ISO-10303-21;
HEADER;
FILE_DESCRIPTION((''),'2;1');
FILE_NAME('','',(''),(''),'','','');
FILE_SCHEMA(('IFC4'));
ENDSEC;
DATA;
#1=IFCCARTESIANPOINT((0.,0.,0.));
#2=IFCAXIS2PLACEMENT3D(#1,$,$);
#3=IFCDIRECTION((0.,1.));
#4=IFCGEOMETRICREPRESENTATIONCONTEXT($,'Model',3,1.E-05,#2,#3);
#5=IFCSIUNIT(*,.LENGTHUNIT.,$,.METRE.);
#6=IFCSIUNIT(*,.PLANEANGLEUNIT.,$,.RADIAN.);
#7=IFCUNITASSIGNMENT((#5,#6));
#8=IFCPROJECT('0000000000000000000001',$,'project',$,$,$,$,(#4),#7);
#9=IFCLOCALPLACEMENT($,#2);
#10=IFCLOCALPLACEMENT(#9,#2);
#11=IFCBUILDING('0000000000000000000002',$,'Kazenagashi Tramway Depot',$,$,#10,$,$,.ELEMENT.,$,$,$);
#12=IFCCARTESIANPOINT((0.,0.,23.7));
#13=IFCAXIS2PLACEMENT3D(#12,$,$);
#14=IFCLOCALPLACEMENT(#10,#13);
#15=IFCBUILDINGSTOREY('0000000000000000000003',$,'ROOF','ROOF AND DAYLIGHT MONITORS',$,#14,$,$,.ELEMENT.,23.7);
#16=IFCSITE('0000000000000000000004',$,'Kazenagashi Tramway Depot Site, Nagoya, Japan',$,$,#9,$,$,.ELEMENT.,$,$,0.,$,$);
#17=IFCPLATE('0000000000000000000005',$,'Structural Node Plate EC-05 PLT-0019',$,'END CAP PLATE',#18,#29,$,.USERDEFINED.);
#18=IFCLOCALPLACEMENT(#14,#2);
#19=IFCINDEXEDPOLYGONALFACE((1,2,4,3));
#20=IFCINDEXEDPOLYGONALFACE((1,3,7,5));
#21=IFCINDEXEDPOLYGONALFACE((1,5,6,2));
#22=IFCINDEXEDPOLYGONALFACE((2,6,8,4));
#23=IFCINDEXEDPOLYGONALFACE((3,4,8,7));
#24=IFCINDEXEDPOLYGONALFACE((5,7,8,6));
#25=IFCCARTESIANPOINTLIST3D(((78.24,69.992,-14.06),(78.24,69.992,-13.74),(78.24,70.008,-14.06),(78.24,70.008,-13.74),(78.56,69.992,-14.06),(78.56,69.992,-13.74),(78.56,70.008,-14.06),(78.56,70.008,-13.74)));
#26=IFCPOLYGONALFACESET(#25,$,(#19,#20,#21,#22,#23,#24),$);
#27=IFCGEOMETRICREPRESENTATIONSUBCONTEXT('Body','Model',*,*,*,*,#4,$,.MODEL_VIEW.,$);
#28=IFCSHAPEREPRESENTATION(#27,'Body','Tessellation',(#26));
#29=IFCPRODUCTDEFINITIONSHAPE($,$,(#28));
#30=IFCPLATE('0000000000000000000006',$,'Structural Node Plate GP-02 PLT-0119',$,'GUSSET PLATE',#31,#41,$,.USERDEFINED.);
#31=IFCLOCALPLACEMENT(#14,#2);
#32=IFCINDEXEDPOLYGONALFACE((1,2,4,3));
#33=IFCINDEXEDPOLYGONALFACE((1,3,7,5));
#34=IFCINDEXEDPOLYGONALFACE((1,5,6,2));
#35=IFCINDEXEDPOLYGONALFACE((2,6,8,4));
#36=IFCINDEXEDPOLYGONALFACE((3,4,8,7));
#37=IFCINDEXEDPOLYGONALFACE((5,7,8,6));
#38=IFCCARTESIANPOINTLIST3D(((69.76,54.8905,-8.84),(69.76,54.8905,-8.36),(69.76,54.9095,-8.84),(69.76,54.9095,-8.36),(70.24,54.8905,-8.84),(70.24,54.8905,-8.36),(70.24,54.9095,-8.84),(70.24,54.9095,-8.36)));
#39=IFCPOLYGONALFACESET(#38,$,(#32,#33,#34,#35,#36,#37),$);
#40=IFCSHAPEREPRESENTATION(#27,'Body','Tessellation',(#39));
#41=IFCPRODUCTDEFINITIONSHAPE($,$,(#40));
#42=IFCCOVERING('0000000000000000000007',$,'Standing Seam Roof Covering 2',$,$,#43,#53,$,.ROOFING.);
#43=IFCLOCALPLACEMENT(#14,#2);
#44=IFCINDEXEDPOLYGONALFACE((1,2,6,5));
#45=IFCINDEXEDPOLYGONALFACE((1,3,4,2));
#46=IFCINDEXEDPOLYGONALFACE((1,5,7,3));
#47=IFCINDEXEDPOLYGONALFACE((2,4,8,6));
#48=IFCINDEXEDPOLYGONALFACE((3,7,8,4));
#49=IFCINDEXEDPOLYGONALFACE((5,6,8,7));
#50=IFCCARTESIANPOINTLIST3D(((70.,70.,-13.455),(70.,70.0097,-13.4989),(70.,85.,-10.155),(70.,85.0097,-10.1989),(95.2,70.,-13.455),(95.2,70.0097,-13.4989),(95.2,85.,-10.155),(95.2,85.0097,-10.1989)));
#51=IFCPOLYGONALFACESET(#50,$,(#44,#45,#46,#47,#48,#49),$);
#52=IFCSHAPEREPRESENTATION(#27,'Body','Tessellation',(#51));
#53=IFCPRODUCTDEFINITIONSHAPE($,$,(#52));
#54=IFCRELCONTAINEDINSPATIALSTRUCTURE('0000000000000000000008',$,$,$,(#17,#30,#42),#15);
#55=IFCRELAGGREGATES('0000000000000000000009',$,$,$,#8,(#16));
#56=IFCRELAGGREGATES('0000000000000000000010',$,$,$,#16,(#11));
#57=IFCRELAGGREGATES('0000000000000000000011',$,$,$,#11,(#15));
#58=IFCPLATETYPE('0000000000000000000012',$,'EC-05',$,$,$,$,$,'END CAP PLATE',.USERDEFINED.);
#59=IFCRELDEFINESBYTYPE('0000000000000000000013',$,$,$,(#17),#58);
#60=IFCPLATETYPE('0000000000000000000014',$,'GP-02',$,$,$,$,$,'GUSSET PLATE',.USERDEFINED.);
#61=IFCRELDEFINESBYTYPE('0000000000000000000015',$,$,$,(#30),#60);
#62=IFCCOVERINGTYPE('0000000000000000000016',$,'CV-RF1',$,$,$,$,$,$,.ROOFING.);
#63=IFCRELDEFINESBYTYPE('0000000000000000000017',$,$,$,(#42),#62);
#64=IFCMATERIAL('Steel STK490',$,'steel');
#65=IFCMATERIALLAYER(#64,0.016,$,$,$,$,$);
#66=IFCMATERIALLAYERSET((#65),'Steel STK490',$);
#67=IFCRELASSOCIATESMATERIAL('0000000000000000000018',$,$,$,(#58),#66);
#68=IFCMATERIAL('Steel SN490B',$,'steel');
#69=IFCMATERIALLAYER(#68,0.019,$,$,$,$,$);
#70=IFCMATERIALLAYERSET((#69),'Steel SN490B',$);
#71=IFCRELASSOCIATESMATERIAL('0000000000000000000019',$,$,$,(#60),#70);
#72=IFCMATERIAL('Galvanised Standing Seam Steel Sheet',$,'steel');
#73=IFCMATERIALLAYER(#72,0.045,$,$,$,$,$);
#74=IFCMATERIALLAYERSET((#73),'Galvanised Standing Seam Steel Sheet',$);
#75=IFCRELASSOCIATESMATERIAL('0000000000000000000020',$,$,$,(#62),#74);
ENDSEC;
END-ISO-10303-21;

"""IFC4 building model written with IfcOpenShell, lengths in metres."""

from ifc_helpers import new_model, si_unit, direction, frame, origin, origin_2d, place, context, subcontext, project, spatial, polyline, rectangle, outline, extrude, material, layer, layer_set, type_object, element, save


model = new_model("IFC4")

# Units and contexts
model_context = context("Model", 3, precision=1e-05, world=origin(), true_north=direction((0.0, 1.0)))
body_context = subcontext(model_context, "Body", "Model", "MODEL_VIEW")
ifc_project = project(units=[si_unit("LENGTHUNIT", "METRE"), si_unit("PLANEANGLEUNIT", "RADIAN")], contexts=[model_context])

# Site, building, storey
site_placement = place(None, origin())
site = spatial("IfcSite", under=ifc_project, at=site_placement, Name="Kazenagashi Tramway Depot Site, Nagoya, Japan", CompositionType="ELEMENT", RefElevation=0.0)
building_placement = place(site_placement, origin())
building = spatial("IfcBuilding", under=site, at=building_placement, Name="Kazenagashi Tramway Depot", CompositionType="ELEMENT")
storey_placement = place(building_placement, frame((0.0, 0.0, 23.7)))
storey = spatial("IfcBuildingStorey", under=building, at=storey_placement, Name="ROOF", Description="ROOF AND DAYLIGHT MONITORS", CompositionType="ELEMENT", Elevation=23.7)

# Shared definitions
ifc_material_1 = material(Name="Steel SN490B", Category="steel")

# Shared definitions
ifc_material_2 = material(Name="Steel STK490", Category="steel")

# Plates
ifc_layer_1 = layer(ifc_material_2, 0.016)
ifc_layer_set_1 = layer_set([ifc_layer_1], Name="Steel STK490")
plate_type_1 = type_object("IfcPlateType", Name="EC-05", ElementType="END CAP PLATE", PredefinedType="USERDEFINED", material=ifc_layer_set_1)
plate_1_placement = place(storey_placement, frame((78.4, 70.0, -14.06), z_axis=(0.0, 0.0, 1.0), x_axis=(1.0, 0.0, 0.0)))
element("IfcPlate", 1, at=plate_1_placement, inside=storey, type_object=plate_type_1, Name="Structural Node Plate EC-05 PLT-0019", ObjectType="END CAP PLATE", PredefinedType="USERDEFINED", context=body_context, shape_type="SweptSolid", body=[
    extrude(rectangle(XDim=0.32, YDim=0.016, at=origin_2d()), origin(), (0.0, 0.0, 1.0), 0.32),
])
ifc_layer_2 = layer(ifc_material_1, 0.019)
ifc_layer_set_2 = layer_set([ifc_layer_2], Name="Steel SN490B")
plate_type_2 = type_object("IfcPlateType", Name="GP-02", ElementType="GUSSET PLATE", PredefinedType="USERDEFINED", material=ifc_layer_set_2)
plate_2_placement = place(storey_placement, frame((70.0, 54.9, -8.84), z_axis=(0.0, 0.0, 1.0), x_axis=(1.0, 0.0, 0.0)))
element("IfcPlate", 2, at=plate_2_placement, inside=storey, type_object=plate_type_2, Name="Structural Node Plate GP-02 PLT-0119", ObjectType="GUSSET PLATE", PredefinedType="USERDEFINED", context=body_context, shape_type="SweptSolid", body=[
    extrude(rectangle(XDim=0.48, YDim=0.019, at=origin_2d()), origin(), (0.0, 0.0, 1.0), 0.48),
])

# Covering
ifc_material_3 = material(Name="Galvanised Standing Seam Steel Sheet", Category="steel")
ifc_layer_3 = layer(ifc_material_3, 0.045)
ifc_layer_set_3 = layer_set([ifc_layer_3], Name="Galvanised Standing Seam Steel Sheet")
covering_type = type_object("IfcCoveringType", Name="CV-RF1", PredefinedType="ROOFING", material=ifc_layer_set_3)
covering_placement = place(storey_placement, frame((70.0, 70.0, -13.455), z_axis=(0.0, -0.214862, 0.976644), x_axis=(1.0, 0.0, 0.0)))
element("IfcCovering", 3, at=covering_placement, inside=storey, type_object=covering_type, Name="Standing Seam Roof Covering 2", PredefinedType="ROOFING", context=body_context, shape_type="SweptSolid", body=[
    extrude(outline(polyline([(0.0, 0.0), (25.2, 0.0), (25.2, 15.3587), (0.0, 15.3587), (0.0, 0.0)])), origin(), (0.0, 0.0, -1.0), 0.045),
])

save(model, "model.ifc")
